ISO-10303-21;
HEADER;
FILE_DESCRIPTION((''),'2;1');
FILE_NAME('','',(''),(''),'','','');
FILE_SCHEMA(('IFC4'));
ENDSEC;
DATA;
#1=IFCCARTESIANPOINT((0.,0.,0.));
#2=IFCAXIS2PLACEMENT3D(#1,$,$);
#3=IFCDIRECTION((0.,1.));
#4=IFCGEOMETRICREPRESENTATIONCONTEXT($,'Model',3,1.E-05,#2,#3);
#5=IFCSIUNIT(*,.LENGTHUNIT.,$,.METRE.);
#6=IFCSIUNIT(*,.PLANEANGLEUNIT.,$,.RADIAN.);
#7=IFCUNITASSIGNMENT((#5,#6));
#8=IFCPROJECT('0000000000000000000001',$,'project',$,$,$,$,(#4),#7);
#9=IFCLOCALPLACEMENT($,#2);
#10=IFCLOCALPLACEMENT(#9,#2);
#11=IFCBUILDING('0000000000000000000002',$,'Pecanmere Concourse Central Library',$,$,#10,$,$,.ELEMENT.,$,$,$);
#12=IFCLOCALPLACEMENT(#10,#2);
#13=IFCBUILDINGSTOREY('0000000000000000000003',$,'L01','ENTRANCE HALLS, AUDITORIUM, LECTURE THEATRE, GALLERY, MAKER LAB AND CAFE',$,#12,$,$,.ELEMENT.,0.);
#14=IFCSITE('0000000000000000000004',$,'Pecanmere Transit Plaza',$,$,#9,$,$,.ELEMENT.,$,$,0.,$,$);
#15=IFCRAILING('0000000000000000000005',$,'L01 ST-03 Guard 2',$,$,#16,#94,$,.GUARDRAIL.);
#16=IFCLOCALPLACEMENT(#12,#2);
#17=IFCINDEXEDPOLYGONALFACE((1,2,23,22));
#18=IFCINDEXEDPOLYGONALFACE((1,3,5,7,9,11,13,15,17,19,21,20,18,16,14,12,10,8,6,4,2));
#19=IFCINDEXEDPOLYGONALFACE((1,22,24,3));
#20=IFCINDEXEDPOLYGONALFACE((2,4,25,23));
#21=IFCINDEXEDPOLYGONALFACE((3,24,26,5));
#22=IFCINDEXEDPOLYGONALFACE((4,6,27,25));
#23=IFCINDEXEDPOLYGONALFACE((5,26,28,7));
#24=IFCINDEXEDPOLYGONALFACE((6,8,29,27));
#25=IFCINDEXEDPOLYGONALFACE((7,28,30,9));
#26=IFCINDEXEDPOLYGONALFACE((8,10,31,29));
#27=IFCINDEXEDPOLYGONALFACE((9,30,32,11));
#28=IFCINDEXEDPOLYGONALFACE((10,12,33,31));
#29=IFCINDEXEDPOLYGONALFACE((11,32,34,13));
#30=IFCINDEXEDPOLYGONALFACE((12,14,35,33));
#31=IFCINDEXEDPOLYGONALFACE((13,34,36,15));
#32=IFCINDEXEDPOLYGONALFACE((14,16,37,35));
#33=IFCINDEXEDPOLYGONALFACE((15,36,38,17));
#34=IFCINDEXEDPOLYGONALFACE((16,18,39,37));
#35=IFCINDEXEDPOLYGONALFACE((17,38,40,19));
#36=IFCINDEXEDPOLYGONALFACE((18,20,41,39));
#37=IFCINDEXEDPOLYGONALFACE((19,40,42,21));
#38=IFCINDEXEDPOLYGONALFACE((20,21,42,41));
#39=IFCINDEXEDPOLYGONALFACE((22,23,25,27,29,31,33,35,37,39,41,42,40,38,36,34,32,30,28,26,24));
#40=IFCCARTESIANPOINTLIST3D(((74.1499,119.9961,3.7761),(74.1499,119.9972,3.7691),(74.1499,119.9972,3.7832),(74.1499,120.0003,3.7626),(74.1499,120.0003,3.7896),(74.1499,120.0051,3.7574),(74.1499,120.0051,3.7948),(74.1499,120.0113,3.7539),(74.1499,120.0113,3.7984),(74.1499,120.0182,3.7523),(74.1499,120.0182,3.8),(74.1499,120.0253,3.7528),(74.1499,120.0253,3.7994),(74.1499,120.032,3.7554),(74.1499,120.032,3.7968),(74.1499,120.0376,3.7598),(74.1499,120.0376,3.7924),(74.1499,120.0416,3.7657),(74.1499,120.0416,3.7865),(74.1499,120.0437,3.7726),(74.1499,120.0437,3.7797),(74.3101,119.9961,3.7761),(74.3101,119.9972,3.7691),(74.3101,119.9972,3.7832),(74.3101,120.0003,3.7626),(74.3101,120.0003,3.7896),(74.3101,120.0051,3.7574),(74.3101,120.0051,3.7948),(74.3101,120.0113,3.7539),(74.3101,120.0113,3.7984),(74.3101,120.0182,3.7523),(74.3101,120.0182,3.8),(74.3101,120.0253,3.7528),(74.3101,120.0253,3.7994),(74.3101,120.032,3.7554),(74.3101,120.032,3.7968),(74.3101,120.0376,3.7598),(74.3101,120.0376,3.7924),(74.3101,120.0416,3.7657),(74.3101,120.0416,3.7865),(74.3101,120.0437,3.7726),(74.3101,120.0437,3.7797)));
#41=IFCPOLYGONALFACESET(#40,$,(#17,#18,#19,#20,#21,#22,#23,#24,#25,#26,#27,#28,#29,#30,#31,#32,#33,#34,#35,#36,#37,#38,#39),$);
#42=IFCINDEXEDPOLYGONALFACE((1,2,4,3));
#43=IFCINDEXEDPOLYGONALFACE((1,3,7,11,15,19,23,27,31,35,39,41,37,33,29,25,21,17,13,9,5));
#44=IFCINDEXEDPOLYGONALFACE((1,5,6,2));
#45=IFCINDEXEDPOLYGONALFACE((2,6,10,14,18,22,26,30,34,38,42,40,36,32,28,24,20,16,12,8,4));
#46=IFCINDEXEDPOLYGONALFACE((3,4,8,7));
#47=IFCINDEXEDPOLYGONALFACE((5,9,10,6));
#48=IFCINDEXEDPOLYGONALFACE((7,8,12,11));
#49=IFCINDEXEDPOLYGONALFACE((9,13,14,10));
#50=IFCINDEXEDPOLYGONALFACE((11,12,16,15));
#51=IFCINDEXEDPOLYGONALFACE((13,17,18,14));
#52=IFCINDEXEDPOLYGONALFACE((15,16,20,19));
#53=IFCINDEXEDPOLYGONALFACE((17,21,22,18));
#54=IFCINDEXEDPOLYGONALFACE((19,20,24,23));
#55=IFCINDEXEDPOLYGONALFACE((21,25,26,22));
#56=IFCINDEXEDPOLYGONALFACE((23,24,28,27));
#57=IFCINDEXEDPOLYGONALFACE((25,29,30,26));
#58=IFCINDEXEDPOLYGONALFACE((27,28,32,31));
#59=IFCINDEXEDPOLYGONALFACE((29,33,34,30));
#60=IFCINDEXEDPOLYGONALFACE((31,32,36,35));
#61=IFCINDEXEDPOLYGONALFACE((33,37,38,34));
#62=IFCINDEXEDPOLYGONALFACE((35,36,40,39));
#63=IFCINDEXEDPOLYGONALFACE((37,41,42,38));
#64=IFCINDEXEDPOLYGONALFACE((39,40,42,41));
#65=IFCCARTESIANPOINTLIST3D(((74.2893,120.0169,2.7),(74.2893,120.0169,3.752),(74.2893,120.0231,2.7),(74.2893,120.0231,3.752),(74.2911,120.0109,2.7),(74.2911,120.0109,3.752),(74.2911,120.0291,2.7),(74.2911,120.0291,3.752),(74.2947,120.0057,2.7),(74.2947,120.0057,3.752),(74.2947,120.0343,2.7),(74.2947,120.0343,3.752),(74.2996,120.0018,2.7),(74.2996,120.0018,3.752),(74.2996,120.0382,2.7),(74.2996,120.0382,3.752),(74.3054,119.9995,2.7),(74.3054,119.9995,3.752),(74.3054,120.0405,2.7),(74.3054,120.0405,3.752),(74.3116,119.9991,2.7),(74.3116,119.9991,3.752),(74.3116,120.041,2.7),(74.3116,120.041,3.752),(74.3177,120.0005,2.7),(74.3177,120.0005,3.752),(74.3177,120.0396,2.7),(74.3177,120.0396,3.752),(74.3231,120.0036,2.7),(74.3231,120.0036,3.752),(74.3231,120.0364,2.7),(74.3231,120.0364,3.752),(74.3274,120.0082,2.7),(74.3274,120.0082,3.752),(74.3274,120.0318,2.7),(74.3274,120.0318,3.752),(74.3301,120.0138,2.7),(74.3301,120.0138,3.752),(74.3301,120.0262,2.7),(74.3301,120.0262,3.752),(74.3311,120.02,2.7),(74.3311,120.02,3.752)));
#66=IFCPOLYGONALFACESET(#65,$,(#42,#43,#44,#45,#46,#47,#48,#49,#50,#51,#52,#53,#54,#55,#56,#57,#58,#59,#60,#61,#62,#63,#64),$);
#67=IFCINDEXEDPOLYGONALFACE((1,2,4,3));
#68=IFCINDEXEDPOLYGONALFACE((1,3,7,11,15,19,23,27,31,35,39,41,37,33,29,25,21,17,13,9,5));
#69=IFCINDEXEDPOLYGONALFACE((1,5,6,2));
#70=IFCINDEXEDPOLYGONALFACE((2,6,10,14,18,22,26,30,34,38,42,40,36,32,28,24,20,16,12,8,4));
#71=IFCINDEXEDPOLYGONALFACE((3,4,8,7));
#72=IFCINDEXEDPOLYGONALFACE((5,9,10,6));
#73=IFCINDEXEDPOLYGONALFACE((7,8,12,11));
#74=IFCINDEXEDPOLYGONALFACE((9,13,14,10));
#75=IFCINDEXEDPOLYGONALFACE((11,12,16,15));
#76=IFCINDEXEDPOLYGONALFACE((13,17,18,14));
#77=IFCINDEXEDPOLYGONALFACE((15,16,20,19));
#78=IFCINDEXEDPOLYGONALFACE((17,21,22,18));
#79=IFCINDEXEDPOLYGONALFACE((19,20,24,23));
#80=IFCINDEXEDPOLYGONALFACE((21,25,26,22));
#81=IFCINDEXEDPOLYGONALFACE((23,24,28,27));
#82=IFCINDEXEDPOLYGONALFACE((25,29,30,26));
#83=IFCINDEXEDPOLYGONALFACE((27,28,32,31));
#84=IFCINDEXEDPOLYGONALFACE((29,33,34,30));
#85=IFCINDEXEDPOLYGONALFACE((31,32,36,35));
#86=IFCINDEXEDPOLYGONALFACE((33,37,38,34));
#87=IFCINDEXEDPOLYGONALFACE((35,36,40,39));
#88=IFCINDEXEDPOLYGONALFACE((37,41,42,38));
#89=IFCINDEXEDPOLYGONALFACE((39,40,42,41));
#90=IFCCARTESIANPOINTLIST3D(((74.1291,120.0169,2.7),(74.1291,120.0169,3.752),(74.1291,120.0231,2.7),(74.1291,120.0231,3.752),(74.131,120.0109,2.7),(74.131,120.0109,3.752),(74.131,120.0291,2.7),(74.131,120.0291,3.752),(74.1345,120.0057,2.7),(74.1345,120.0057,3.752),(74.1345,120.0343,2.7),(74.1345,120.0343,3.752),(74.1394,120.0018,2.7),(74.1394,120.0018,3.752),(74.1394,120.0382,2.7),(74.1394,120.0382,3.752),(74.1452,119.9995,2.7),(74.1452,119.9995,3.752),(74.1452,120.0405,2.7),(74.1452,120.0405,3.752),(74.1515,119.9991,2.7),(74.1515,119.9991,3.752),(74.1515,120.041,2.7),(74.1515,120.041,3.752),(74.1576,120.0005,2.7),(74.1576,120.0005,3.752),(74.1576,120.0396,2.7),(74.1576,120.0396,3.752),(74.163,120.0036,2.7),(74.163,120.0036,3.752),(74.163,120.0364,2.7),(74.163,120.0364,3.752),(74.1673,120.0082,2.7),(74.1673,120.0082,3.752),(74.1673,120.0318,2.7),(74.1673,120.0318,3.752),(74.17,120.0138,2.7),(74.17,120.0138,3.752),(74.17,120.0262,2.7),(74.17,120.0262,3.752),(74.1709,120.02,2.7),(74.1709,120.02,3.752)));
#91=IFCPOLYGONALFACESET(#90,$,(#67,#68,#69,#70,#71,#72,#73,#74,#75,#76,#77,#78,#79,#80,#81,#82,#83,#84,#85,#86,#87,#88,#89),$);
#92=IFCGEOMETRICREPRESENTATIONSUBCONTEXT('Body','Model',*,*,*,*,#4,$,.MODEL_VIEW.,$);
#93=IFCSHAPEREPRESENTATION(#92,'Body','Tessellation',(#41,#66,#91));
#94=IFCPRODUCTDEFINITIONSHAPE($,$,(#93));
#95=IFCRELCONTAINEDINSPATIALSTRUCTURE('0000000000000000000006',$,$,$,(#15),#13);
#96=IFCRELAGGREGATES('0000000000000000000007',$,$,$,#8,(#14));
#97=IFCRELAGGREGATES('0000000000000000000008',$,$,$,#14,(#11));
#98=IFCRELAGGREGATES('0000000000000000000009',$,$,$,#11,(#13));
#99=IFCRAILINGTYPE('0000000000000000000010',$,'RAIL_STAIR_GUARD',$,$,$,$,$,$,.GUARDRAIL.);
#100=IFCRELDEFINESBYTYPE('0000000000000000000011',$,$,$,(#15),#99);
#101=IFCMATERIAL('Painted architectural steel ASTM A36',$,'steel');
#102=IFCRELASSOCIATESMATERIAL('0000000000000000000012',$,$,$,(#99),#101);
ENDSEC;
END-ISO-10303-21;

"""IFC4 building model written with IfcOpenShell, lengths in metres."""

from ifc_helpers import new_model, si_unit, direction, frame, origin, origin_2d, place, context, subcontext, project, spatial, circle, extrude, material, type_object, element, save


model = new_model("IFC4")

# Units and contexts
model_context = context("Model", 3, precision=1e-05, world=origin(), true_north=direction((0.0, 1.0)))
body_context = subcontext(model_context, "Body", "Model", "MODEL_VIEW")
ifc_project = project(units=[si_unit("LENGTHUNIT", "METRE"), si_unit("PLANEANGLEUNIT", "RADIAN")], contexts=[model_context])

# Site, building, storey
site_placement = place(None, origin())
site = spatial("IfcSite", under=ifc_project, at=site_placement, Name="Pecanmere Transit Plaza", CompositionType="ELEMENT", RefElevation=0.0)
building_placement = place(site_placement, origin())
building = spatial("IfcBuilding", under=site, at=building_placement, Name="Pecanmere Concourse Central Library", CompositionType="ELEMENT")
storey_placement = place(building_placement, origin())
storey = spatial("IfcBuildingStorey", under=building, at=storey_placement, Name="L01", Description="ENTRANCE HALLS, AUDITORIUM, LECTURE THEATRE, GALLERY, MAKER LAB AND CAFE", CompositionType="ELEMENT", Elevation=0.0)

# Railing
ifc_material_1 = material(Name="Painted architectural steel ASTM A36", Category="steel")
railing_type_1 = type_object("IfcRailingType", Name="RAIL_STAIR_GUARD", PredefinedType="GUARDRAIL", material=ifc_material_1)
railing_1_placement = place(storey_placement, frame((74.3101, 120.02, 2.7)))
element("IfcRailing", 1, at=railing_1_placement, inside=storey, type_object=railing_type_1, Name="L01 ST-03 Guard 2", PredefinedType="GUARDRAIL", context=body_context, shape_type="SweptSolid", body=[
    extrude(circle(Radius=0.0239, at=origin_2d()), frame((0.0, 0.0, 1.0762), z_axis=(-1.0, 0.0, 0.0), x_axis=(0.0, -1.0, 0.0)), (0.0, 0.0, 1.0), 0.1602),
    extrude(circle(Radius=0.021, at=origin_2d()), origin(), (0.0, 0.0, 1.0), 1.052),
    extrude(circle(Radius=0.021, at=origin_2d()), frame((-0.1602, 0.0, 0.0)), (0.0, 0.0, 1.0), 1.052),
])

save(model, "model.ifc")
